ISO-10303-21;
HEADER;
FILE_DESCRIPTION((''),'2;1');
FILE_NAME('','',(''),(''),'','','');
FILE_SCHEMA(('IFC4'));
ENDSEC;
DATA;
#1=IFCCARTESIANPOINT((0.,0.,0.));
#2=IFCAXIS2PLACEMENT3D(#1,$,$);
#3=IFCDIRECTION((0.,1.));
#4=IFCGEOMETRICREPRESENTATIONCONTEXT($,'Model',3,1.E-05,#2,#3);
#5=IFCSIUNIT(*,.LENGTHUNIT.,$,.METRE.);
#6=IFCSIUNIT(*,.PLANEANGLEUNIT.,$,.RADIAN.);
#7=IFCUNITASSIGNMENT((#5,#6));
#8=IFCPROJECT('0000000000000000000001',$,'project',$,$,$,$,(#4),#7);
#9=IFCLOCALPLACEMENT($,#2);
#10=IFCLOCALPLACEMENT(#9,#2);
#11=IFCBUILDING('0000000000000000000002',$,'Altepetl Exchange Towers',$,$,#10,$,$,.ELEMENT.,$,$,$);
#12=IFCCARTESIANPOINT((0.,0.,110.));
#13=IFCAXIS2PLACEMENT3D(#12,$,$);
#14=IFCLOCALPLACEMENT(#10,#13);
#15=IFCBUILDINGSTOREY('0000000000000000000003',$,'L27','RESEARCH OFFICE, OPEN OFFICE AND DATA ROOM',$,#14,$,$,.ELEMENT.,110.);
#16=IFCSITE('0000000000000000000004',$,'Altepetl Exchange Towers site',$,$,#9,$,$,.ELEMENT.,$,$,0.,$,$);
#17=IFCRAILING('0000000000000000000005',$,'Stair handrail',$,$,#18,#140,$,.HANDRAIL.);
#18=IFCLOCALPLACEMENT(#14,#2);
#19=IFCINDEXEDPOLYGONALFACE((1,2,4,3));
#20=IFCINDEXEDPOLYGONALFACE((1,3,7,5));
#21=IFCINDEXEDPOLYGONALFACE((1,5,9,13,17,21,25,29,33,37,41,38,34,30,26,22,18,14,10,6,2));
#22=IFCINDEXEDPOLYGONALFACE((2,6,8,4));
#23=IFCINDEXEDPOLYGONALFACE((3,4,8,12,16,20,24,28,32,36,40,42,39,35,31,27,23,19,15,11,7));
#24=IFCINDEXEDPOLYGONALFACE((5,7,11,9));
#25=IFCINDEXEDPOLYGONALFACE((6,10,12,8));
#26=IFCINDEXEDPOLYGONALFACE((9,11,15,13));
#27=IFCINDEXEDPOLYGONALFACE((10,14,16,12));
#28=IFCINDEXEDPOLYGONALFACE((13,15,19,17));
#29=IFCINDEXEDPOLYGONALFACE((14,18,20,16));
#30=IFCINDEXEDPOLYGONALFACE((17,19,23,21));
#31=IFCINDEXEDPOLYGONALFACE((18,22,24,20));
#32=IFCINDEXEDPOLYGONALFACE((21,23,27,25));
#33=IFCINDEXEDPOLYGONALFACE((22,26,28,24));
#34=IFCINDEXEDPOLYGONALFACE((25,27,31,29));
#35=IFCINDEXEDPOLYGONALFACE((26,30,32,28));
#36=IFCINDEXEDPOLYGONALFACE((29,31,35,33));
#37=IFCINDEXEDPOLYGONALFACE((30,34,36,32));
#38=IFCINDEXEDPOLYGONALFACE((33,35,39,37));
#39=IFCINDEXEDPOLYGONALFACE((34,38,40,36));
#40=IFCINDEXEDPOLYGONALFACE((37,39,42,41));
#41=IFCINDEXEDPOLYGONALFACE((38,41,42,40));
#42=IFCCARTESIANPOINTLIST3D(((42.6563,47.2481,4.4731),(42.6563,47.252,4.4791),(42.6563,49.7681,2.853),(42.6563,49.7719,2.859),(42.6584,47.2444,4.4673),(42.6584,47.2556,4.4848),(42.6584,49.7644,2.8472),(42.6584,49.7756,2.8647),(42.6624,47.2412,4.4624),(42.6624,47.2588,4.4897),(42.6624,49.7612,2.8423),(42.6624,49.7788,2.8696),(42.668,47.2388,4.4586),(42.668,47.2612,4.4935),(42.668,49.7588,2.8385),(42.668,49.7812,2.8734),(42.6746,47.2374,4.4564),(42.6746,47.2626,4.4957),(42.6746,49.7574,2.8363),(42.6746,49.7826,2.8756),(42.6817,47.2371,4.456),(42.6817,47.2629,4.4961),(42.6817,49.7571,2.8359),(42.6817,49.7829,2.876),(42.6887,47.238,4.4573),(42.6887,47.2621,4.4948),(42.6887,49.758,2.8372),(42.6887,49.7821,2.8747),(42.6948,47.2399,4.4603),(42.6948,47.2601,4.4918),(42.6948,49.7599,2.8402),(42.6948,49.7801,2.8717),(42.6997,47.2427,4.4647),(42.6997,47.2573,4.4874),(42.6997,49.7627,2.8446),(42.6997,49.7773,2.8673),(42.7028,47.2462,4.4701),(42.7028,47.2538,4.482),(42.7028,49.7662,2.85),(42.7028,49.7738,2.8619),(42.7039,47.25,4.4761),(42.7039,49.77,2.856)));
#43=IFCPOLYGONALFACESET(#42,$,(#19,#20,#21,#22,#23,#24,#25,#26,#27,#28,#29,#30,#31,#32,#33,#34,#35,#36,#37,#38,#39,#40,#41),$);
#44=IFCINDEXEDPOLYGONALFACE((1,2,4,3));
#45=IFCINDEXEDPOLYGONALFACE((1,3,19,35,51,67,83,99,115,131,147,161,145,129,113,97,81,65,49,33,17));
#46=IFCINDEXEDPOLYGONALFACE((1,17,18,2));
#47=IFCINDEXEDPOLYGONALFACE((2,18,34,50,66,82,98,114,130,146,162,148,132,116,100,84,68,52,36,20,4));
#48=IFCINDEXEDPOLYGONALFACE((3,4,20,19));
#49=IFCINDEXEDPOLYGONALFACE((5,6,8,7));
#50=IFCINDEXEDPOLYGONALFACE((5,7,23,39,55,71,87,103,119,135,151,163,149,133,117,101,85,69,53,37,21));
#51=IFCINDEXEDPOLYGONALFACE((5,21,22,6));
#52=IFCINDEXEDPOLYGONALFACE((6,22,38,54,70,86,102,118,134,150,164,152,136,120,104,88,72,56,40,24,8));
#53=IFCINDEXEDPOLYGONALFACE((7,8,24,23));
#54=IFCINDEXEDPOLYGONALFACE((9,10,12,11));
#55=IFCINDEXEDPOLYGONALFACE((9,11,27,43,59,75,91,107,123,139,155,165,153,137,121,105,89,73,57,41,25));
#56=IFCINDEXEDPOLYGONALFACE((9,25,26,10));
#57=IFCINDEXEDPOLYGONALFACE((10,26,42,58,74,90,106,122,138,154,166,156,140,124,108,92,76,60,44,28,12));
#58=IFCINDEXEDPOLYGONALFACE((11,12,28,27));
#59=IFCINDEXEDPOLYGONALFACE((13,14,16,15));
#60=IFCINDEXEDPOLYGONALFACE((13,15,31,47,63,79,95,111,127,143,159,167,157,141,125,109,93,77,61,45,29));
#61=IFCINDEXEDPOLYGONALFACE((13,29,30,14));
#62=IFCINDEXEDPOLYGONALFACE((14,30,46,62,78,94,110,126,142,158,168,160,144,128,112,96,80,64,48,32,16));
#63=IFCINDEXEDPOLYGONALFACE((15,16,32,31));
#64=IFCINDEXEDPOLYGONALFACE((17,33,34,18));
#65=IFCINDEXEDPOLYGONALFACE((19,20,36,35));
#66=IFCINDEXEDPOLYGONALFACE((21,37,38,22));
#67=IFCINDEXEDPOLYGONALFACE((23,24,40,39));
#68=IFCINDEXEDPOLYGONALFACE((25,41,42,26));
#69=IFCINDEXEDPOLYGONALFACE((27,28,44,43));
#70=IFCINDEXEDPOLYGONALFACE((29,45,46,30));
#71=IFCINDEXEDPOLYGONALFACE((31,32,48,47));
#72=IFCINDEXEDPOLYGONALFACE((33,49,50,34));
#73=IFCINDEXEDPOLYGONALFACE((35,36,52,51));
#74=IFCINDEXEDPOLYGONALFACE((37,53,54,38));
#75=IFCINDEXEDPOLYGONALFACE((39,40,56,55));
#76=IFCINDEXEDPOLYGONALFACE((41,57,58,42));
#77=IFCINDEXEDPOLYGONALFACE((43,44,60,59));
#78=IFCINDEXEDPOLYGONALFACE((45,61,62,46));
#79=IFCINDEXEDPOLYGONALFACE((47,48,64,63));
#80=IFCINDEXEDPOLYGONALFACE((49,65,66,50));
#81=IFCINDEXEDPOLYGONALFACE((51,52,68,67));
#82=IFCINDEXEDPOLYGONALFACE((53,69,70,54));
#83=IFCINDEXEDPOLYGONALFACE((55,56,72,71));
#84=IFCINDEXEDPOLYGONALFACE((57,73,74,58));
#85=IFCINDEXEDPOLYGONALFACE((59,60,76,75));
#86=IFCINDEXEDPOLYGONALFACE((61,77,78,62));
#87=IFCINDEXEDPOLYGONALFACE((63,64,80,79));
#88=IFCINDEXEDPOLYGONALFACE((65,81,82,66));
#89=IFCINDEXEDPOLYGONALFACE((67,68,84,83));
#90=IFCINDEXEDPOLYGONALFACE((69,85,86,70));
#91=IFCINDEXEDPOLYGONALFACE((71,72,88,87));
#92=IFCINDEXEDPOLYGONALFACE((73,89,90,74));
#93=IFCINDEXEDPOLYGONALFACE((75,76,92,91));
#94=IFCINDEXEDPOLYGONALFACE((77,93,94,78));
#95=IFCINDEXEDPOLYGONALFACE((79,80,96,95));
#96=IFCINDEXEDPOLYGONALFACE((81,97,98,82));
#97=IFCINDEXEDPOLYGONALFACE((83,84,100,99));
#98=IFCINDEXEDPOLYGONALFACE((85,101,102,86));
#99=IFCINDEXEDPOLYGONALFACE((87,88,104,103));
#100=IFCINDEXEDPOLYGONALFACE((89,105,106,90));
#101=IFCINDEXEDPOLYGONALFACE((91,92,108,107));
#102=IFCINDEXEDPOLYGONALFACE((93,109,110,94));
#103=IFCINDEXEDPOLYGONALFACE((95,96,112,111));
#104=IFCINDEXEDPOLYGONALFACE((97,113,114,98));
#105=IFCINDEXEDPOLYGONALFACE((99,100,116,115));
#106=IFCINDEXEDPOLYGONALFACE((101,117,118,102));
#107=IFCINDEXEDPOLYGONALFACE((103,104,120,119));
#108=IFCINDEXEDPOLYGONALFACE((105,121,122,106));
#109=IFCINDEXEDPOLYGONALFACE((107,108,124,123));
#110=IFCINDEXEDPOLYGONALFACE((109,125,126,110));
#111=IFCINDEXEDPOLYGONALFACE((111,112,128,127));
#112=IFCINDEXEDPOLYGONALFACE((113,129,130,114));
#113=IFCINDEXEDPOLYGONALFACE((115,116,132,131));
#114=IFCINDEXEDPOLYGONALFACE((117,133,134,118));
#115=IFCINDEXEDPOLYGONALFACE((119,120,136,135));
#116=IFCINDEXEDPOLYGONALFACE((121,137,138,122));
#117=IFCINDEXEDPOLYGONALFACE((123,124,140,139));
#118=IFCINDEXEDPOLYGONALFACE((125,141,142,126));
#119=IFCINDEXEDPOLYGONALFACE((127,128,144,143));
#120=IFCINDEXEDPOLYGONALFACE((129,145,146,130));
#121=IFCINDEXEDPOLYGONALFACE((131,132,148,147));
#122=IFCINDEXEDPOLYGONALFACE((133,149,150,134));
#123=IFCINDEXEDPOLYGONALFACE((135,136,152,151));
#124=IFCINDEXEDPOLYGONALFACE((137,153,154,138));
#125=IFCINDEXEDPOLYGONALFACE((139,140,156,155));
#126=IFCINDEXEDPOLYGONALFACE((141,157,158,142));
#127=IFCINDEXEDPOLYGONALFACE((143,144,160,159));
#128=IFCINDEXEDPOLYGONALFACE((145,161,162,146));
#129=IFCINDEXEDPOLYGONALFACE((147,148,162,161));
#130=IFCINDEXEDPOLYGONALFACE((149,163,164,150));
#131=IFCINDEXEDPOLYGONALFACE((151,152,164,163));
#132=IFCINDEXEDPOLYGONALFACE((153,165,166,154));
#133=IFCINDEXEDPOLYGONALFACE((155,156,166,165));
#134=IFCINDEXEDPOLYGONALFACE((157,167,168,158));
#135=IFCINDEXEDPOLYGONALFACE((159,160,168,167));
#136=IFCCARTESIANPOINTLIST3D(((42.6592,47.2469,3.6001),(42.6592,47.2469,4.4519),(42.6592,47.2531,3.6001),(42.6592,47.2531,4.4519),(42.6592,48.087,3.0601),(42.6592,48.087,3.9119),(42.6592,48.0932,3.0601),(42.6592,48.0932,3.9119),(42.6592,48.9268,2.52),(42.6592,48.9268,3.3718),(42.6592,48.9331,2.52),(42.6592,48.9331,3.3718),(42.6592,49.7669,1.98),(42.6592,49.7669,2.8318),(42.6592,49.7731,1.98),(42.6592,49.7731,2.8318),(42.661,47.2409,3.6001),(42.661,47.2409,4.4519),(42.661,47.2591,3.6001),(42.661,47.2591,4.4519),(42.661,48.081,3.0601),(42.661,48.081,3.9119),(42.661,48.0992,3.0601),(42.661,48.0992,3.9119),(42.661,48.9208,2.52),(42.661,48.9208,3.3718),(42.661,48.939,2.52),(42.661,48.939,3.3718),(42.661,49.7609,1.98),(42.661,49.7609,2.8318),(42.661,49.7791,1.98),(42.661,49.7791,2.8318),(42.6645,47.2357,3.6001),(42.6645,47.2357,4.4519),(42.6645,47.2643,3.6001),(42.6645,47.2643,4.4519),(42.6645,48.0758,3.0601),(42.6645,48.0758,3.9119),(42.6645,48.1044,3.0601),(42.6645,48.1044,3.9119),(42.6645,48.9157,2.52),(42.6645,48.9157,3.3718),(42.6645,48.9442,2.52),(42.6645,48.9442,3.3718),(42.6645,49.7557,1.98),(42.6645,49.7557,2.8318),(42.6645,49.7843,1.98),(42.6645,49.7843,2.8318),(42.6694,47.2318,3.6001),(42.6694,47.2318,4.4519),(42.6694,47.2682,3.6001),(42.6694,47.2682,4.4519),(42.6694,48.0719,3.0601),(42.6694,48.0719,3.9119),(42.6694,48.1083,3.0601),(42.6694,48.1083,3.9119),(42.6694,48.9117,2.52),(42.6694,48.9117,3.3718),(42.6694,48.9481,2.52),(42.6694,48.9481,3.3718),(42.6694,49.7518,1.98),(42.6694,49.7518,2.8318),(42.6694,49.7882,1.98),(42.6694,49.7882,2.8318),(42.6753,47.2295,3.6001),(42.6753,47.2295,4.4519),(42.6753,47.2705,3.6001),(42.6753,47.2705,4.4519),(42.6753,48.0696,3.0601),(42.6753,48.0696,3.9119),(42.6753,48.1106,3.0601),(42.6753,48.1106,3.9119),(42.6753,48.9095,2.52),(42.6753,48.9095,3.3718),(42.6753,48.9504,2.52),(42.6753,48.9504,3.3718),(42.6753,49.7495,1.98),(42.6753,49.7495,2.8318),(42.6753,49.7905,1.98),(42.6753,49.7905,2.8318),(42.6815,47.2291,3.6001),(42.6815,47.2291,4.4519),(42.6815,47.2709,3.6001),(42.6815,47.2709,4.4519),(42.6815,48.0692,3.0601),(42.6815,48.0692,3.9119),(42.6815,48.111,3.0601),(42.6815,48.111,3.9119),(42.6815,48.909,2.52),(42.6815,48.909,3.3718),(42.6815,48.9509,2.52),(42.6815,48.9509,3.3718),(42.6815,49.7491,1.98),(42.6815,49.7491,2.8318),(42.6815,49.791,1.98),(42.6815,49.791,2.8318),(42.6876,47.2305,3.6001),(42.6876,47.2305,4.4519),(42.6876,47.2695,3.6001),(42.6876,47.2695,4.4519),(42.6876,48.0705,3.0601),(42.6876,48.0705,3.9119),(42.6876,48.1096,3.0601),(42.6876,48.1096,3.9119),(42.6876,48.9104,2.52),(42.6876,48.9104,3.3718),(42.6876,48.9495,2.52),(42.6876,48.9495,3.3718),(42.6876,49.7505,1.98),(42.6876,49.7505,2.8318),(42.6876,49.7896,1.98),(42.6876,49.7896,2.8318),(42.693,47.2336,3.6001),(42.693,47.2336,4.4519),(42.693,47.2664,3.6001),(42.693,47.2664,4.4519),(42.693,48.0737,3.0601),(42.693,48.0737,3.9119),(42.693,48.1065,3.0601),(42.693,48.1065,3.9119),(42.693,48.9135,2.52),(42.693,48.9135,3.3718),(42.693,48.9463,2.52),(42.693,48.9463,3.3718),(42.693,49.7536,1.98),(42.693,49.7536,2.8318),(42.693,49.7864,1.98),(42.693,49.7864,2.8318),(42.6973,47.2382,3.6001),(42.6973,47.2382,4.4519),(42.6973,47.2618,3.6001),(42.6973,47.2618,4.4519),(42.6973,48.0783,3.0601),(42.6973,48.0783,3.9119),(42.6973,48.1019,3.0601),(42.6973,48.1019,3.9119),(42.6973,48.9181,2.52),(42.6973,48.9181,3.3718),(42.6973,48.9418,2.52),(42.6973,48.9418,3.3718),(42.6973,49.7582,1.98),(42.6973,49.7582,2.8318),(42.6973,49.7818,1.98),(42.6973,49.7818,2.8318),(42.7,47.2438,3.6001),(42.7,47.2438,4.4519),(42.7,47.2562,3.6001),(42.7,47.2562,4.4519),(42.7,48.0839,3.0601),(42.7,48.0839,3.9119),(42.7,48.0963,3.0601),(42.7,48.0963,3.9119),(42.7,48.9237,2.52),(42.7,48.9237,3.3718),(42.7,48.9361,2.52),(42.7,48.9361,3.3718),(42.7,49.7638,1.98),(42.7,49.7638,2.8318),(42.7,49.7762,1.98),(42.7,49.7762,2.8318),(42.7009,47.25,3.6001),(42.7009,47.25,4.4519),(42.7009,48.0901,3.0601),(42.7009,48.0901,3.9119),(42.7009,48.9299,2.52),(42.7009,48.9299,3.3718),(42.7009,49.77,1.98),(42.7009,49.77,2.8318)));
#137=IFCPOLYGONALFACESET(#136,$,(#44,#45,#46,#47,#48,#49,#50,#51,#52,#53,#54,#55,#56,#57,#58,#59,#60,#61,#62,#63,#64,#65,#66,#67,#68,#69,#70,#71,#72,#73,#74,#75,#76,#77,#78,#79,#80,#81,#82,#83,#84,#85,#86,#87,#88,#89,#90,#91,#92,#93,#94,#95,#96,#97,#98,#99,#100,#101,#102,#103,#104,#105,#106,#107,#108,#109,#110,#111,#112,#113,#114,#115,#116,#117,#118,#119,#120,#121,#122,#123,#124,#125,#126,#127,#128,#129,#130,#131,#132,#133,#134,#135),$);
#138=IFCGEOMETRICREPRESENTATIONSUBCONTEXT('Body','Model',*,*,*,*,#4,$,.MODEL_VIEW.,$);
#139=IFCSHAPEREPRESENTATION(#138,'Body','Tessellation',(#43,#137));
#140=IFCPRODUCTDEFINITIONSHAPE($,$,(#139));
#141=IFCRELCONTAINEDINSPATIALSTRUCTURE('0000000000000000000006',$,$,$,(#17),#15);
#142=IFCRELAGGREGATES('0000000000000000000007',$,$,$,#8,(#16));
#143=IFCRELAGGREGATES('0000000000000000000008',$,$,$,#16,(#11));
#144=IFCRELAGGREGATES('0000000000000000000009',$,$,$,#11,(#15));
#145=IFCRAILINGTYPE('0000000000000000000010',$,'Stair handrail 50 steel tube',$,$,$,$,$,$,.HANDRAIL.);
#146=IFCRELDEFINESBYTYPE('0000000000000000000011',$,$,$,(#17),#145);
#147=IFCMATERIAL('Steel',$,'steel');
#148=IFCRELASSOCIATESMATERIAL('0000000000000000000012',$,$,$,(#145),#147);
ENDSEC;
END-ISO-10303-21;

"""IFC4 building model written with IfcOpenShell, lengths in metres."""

from ifc_helpers import new_model, si_unit, direction, frame, origin, origin_2d, place, context, subcontext, project, spatial, circle, extrude, source, transform, mapped, material, type_object, element, save


model = new_model("IFC4")

# Units and contexts
model_context = context("Model", 3, precision=1e-05, world=origin(), true_north=direction((0.0, 1.0)))
body_context = subcontext(model_context, "Body", "Model", "MODEL_VIEW")
ifc_project = project(units=[si_unit("LENGTHUNIT", "METRE"), si_unit("PLANEANGLEUNIT", "RADIAN")], contexts=[model_context])

# Site, building, storey
site_placement = place(None, origin())
site = spatial("IfcSite", under=ifc_project, at=site_placement, Name="Altepetl Exchange Towers site", CompositionType="ELEMENT", RefElevation=0.0)
building_placement = place(site_placement, origin())
building = spatial("IfcBuilding", under=site, at=building_placement, Name="Altepetl Exchange Towers", CompositionType="ELEMENT")
storey_placement = place(building_placement, frame((0.0, 0.0, 110.0)))
storey = spatial("IfcBuildingStorey", under=building, at=storey_placement, Name="L27", Description="RESEARCH OFFICE, OPEN OFFICE AND DATA ROOM", CompositionType="ELEMENT", Elevation=110.0)

# Railing
ifc_material_1 = material(Name="Steel", Category="steel")
railing_type = type_object("IfcRailingType", Name="Stair handrail 50 steel tube", PredefinedType="HANDRAIL", material=ifc_material_1)
shared_shape = source(origin(), body_context, "Body", "SweptSolid", [
    extrude(circle(Radius=0.021, at=origin_2d()), origin(), (0.0, 0.0, 1.0), 0.8518),
])
railing_1_placement = place(storey_placement, frame((42.6799, 49.77, 1.98)))
element("IfcRailing", 1, at=railing_1_placement, inside=storey, type_object=railing_type, Name="Stair handrail", PredefinedType="HANDRAIL", context=body_context, shape_type="SweptSolid", body=[
    extrude(circle(Radius=0.0239, at=origin_2d()), frame((0.0, 0.0, 0.876), z_axis=(0.0, -0.841163, 0.540782), x_axis=(1.0, 0.0, 0.0)), (0.0, 0.0, 1.0), 2.9958),
    mapped(shared_shape, transform((0.0, 0.0, 0.0))),
    mapped(shared_shape, transform((0.0, -0.8401, 0.54))),
    mapped(shared_shape, transform((0.0, -1.6799, 1.0801))),
    mapped(shared_shape, transform((0.0, -2.52, 1.6201))),
])

save(model, "model.ifc")
